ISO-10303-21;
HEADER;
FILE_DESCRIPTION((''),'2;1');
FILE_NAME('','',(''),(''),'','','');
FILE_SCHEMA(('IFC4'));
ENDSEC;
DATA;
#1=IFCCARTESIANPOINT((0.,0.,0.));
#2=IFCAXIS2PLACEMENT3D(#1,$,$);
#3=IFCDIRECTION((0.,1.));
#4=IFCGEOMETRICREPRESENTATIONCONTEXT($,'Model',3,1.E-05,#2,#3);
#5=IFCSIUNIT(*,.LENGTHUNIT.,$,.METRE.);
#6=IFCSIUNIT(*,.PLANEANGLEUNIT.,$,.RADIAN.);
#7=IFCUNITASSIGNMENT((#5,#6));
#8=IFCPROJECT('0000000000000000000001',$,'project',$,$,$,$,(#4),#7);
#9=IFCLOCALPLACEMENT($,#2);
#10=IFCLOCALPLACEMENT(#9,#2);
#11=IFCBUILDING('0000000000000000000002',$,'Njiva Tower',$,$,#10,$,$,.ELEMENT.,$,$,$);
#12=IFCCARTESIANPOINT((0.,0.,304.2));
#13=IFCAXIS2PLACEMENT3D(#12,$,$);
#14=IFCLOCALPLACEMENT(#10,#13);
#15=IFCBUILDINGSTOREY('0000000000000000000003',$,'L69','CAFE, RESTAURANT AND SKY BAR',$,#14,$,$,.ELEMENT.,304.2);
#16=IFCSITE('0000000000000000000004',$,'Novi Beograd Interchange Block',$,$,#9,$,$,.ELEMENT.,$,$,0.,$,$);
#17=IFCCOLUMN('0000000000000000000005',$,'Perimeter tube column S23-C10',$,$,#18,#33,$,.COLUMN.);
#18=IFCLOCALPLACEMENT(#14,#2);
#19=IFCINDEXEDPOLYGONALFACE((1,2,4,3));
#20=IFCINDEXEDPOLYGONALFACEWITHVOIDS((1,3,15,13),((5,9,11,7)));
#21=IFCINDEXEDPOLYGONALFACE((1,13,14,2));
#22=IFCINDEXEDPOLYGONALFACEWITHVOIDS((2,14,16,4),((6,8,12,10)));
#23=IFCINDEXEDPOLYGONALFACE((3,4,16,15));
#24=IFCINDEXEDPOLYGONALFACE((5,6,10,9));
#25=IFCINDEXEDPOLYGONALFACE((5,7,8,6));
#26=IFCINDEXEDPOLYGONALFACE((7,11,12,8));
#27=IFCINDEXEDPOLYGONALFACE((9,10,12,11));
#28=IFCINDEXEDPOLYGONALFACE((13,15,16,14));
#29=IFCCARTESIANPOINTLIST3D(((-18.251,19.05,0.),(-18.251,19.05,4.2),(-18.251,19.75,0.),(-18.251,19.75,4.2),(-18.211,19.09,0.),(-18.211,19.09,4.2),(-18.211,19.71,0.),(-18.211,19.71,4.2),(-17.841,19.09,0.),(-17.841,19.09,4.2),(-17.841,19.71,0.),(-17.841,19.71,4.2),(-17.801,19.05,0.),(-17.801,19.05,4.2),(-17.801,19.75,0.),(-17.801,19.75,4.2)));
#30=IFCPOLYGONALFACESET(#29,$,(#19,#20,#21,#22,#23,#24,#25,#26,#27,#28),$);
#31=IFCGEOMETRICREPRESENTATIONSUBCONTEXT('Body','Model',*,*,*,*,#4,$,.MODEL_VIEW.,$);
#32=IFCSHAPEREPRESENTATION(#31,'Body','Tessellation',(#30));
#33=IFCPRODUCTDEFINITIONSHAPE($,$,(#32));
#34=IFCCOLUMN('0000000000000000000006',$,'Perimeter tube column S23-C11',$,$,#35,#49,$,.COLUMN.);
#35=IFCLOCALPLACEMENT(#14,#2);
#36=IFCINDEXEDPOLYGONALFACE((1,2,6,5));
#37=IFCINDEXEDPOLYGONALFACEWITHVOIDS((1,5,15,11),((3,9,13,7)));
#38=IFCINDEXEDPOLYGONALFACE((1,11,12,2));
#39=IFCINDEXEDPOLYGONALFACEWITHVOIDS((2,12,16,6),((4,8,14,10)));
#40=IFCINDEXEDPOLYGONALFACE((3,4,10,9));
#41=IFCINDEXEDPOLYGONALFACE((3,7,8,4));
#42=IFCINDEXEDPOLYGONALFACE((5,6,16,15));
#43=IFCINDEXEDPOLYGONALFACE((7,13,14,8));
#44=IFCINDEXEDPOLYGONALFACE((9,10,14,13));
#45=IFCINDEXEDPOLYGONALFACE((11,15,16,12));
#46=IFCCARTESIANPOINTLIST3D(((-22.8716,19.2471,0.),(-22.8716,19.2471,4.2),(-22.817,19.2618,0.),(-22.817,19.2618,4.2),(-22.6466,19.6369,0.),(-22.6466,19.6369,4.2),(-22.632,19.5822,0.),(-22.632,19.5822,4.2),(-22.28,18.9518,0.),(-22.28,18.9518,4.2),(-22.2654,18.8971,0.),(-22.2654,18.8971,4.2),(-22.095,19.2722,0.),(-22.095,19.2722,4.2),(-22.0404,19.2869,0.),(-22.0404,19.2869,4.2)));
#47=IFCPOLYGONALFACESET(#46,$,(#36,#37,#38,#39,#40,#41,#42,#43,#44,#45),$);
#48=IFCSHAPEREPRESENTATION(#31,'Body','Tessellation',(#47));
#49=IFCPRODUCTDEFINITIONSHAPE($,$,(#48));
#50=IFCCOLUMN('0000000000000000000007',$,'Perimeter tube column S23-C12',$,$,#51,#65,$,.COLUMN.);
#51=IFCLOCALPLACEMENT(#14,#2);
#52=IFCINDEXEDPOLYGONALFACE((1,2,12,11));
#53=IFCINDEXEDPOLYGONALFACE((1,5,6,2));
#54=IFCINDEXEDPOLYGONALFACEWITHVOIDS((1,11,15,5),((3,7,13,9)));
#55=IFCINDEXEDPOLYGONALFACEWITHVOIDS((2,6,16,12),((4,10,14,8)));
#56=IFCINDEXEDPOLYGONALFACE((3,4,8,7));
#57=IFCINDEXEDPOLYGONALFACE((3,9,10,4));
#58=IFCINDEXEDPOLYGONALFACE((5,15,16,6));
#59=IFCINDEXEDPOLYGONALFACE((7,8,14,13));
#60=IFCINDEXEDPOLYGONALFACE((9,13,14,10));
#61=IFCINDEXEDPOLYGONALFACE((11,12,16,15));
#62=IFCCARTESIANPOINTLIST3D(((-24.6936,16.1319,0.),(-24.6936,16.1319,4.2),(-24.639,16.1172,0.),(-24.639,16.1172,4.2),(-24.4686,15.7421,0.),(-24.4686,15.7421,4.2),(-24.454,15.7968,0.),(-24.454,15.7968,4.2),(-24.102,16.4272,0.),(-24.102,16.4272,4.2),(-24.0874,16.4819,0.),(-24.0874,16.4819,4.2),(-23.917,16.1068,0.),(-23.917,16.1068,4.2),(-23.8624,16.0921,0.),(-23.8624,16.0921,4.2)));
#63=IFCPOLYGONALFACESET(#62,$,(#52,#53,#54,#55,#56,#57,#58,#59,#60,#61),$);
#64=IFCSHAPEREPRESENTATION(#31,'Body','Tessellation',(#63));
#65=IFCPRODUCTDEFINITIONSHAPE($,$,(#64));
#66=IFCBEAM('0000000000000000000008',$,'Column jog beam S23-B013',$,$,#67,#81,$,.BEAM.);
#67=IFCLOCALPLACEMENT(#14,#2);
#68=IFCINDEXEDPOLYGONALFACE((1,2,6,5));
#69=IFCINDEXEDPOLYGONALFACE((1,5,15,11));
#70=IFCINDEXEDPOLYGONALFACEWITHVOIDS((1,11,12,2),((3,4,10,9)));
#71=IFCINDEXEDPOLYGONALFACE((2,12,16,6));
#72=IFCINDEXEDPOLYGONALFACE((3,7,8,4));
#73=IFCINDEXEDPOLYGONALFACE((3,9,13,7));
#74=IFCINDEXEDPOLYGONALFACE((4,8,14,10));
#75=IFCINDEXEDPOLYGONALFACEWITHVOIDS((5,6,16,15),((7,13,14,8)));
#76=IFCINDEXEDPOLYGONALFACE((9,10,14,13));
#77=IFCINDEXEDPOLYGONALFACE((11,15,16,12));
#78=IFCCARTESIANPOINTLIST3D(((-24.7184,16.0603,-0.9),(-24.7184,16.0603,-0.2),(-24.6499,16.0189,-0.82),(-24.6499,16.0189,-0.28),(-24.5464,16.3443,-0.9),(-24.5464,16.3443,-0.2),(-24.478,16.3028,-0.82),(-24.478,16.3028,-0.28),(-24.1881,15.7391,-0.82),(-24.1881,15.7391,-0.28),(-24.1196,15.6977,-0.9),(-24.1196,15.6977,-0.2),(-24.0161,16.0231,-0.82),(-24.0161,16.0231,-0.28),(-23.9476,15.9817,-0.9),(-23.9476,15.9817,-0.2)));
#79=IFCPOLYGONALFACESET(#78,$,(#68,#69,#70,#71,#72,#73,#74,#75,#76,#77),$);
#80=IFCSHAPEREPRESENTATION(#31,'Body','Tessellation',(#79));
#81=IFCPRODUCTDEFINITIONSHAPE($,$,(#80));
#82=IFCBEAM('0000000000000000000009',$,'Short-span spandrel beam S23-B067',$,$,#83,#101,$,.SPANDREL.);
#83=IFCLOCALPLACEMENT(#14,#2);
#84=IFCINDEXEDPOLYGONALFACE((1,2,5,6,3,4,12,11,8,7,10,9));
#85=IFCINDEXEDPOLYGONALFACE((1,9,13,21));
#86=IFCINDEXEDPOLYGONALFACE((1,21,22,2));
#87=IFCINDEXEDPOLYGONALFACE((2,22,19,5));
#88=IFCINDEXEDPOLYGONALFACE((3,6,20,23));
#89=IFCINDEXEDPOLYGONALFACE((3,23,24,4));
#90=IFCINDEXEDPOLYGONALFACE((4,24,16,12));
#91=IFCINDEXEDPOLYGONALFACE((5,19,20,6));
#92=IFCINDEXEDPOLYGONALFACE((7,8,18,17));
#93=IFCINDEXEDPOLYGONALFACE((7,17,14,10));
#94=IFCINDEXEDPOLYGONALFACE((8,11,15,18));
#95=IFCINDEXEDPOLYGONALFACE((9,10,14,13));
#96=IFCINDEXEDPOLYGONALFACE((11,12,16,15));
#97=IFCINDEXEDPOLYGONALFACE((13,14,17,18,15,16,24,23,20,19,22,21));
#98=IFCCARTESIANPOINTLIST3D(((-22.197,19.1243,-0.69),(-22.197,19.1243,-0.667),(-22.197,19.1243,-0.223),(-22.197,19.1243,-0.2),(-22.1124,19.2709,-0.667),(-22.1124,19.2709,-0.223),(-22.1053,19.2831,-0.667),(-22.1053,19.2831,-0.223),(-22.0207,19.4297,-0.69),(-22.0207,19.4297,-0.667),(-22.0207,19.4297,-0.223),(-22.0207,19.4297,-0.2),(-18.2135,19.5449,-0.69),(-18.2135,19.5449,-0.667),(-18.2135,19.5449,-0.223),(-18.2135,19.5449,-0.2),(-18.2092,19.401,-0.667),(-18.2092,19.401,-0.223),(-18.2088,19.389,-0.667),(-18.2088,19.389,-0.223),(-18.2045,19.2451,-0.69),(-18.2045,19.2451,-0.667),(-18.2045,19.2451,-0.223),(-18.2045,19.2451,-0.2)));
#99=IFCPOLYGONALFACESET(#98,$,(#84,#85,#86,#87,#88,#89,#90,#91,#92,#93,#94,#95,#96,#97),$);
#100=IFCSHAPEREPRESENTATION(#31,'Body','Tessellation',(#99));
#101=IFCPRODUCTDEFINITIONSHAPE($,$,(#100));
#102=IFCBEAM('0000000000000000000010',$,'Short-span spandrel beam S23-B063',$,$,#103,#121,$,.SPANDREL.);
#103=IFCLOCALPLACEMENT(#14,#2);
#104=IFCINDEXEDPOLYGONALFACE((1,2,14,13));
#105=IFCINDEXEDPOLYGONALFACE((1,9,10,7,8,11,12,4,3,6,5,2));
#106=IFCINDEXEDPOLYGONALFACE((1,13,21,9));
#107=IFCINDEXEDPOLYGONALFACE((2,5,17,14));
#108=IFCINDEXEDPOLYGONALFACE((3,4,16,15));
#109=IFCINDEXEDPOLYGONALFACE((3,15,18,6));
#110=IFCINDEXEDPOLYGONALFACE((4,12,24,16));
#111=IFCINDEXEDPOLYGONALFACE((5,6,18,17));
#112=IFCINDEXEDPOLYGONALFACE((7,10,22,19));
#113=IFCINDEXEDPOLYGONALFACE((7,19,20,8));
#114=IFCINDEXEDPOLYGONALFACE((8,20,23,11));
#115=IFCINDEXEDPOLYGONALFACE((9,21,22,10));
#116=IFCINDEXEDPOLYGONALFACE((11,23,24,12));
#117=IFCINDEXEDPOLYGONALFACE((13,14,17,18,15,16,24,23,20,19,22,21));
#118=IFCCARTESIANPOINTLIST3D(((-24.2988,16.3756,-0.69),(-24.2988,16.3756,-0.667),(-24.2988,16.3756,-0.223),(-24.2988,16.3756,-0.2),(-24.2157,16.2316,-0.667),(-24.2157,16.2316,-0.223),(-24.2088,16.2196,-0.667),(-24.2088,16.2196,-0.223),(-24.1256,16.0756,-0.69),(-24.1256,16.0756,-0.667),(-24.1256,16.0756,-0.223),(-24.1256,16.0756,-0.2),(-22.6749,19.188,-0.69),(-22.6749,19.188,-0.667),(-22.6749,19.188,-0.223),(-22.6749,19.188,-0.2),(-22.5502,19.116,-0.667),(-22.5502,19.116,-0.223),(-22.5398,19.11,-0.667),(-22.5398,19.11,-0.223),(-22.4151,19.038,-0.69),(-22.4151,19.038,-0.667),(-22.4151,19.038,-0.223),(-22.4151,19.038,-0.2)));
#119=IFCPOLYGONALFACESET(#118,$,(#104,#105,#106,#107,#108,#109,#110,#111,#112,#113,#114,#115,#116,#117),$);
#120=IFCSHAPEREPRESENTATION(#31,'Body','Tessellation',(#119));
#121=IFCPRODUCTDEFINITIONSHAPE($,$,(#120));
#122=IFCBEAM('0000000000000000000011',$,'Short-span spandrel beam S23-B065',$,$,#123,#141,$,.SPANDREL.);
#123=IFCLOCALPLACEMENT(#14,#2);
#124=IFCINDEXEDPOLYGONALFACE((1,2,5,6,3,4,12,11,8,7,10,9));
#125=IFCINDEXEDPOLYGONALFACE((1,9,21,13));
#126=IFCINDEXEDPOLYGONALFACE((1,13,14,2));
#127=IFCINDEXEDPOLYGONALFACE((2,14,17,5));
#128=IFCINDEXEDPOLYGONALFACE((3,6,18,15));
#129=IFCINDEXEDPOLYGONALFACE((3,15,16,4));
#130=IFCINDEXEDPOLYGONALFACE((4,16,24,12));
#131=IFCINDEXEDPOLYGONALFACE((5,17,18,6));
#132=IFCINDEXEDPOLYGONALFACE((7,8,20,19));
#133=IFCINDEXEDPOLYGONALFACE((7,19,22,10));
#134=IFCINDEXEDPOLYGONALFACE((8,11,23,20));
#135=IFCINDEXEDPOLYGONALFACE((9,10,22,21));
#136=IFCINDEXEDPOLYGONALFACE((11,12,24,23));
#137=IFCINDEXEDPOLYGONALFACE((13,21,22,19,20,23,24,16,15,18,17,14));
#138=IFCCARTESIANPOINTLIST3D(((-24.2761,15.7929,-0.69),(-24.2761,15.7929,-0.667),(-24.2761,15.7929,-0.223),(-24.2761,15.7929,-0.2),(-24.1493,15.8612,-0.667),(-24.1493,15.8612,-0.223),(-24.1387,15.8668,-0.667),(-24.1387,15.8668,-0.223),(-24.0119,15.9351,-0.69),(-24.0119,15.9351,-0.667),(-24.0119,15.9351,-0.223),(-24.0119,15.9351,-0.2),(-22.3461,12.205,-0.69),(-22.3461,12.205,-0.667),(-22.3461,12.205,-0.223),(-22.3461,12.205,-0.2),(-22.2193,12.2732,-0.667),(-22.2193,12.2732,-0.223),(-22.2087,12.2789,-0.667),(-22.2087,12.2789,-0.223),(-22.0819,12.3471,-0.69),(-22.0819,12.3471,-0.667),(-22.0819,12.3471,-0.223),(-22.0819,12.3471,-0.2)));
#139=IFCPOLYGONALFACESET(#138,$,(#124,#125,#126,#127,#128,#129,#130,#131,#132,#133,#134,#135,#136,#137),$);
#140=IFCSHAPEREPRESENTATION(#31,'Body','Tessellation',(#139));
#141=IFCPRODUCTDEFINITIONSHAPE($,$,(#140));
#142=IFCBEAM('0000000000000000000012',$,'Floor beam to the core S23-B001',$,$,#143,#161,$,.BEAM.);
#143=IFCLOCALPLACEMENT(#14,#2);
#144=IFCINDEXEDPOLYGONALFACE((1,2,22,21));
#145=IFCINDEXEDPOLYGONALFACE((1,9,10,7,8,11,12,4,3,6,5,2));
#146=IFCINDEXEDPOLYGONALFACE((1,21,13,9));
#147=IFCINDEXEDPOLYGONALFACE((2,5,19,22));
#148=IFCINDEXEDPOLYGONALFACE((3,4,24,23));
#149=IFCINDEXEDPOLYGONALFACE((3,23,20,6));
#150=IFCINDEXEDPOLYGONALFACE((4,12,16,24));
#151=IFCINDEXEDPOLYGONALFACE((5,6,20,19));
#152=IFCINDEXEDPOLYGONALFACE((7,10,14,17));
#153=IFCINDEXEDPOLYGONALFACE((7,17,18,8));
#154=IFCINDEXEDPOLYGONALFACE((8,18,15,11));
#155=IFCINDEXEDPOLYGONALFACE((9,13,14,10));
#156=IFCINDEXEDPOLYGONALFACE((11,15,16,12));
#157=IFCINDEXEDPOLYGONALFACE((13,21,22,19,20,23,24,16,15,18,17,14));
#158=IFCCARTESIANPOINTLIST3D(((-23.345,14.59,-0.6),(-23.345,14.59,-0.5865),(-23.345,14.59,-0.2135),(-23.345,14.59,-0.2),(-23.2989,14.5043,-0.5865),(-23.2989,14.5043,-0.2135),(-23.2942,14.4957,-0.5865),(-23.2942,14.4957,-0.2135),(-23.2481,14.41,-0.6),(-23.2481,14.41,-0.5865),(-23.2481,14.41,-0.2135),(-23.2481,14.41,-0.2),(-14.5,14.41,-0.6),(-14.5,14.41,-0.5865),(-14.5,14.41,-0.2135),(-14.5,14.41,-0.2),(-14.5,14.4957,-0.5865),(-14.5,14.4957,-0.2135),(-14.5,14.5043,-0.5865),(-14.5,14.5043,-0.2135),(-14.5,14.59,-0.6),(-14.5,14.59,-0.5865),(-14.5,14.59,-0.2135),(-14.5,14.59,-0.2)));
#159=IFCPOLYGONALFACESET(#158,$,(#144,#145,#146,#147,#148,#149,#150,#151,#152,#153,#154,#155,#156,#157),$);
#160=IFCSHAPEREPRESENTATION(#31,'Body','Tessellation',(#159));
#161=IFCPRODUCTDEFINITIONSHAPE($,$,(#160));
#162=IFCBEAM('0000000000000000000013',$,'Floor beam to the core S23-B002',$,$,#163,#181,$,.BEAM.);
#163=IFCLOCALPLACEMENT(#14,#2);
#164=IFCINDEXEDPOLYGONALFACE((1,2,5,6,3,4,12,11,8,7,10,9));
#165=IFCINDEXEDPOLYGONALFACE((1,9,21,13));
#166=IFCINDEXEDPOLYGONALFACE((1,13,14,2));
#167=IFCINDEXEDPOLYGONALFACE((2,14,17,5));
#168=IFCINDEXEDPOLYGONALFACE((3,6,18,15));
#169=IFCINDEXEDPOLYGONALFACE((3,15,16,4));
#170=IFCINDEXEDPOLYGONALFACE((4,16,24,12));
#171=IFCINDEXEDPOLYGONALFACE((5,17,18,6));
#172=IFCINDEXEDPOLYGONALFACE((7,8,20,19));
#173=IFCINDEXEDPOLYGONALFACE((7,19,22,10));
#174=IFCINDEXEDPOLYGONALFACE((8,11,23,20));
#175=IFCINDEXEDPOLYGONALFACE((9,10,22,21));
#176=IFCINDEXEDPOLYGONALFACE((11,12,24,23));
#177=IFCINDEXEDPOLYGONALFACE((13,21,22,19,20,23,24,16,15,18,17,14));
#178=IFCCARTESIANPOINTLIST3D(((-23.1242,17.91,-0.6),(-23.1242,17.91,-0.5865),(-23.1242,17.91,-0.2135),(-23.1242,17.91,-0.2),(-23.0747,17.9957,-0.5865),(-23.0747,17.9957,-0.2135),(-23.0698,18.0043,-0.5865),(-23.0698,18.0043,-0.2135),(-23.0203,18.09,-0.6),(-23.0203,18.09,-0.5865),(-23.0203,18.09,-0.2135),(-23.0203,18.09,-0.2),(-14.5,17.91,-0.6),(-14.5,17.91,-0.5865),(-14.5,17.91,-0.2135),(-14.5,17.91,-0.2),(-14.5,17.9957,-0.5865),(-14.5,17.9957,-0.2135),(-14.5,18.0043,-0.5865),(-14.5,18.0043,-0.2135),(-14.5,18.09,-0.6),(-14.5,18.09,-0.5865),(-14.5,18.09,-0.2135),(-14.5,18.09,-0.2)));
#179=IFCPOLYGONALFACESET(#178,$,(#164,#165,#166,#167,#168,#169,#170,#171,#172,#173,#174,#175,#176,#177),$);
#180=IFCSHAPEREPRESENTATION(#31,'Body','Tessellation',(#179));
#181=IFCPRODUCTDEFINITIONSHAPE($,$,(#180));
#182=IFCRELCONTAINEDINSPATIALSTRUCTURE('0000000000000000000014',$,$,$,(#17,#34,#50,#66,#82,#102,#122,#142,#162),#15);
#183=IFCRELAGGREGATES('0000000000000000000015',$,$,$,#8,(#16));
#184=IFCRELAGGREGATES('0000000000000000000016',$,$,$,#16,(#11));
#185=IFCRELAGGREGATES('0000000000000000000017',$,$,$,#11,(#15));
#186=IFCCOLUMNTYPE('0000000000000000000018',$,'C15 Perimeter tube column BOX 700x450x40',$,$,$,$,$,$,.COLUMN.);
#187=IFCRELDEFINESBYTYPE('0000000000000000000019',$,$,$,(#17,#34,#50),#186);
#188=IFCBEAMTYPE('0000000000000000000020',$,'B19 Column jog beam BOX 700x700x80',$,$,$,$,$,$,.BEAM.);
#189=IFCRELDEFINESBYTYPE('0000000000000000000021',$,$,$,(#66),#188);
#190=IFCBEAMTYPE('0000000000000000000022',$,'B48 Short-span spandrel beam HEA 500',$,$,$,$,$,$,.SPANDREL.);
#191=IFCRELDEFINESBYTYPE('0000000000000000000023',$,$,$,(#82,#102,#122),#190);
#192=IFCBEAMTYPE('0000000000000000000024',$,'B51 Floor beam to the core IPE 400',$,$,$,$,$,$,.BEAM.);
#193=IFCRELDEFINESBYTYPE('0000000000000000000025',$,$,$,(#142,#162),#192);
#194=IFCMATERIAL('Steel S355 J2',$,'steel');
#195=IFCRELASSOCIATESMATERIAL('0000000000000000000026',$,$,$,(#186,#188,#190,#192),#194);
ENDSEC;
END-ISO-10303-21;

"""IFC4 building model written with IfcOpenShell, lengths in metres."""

from ifc_helpers import new_model, si_unit, direction, frame, origin, origin_2d, place, context, subcontext, project, spatial, hollow_rectangle, i_section, extrude, clip, halfspace, material, material_profile, profile_set, type_object, element, save


model = new_model("IFC4")

# Units and contexts
model_context = context("Model", 3, precision=1e-05, world=origin(), true_north=direction((0.0, 1.0)))
body_context = subcontext(model_context, "Body", "Model", "MODEL_VIEW")
ifc_project = project(units=[si_unit("LENGTHUNIT", "METRE"), si_unit("PLANEANGLEUNIT", "RADIAN")], contexts=[model_context])

# Site, building, storey
site_placement = place(None, origin())
site = spatial("IfcSite", under=ifc_project, at=site_placement, Name="Novi Beograd Interchange Block", CompositionType="ELEMENT", RefElevation=0.0)
building_placement = place(site_placement, origin())
building = spatial("IfcBuilding", under=site, at=building_placement, Name="Njiva Tower", CompositionType="ELEMENT")
storey_placement = place(building_placement, frame((0.0, 0.0, 304.2)))
storey = spatial("IfcBuildingStorey", under=building, at=storey_placement, Name="L69", Description="CAFE, RESTAURANT AND SKY BAR", CompositionType="ELEMENT", Elevation=304.2)

# Columns
ifc_material_1 = material(Name="Steel S355 J2", Category="steel")
ifc_material_profile_1 = material_profile(ifc_material_1, hollow_rectangle(XDim=0.45, YDim=0.7, WallThickness=0.04, at=origin_2d()), Name="BOX 700x450x40")
ifc_profile_set_1 = profile_set([ifc_material_profile_1], Name="Steel S355 J2")
column_type = type_object("IfcColumnType", Name="C15 Perimeter tube column BOX 700x450x40", PredefinedType="COLUMN", material=ifc_profile_set_1)
for number, where, z_axis, x_axis, name in (
    (1, (-18.026, 19.4, 0.0), (0.0, 0.0, 1.0), (-1.0, 0.0, 0.0), "Perimeter tube column S23-C10"),
    (2, (-22.456, 19.267, 0.0), (0.0, 0.0, 1.0), (-0.5, -0.866025, 0.0), "Perimeter tube column S23-C11"),
    (3, (-24.278, 16.112, 0.0), (0.0, 0.0, 1.0), (0.5, -0.866025, 0.0), "Perimeter tube column S23-C12"),
):
    element("IfcColumn", number, at=place(storey_placement, frame(where, z_axis=z_axis, x_axis=x_axis)), inside=storey, type_object=column_type, Name=name, PredefinedType="COLUMN", context=body_context, shape_type="SweptSolid", body=[
        extrude(hollow_rectangle(XDim=0.45, YDim=0.7, WallThickness=0.04, at=origin_2d()), origin(), (0.0, 0.0, 1.0), 4.2),
    ])

# Beams
ifc_material_profile_2 = material_profile(ifc_material_1, hollow_rectangle(XDim=0.7, YDim=0.7, WallThickness=0.08, at=origin_2d()), Name="BOX 700x700x80")
ifc_profile_set_2 = profile_set([ifc_material_profile_2], Name="Steel S355 J2")
beam_type_1 = type_object("IfcBeamType", Name="B19 Column jog beam BOX 700x700x80", PredefinedType="BEAM", material=ifc_profile_set_2)
beam_1_placement = place(storey_placement, frame((-24.419, 15.879, -0.55), z_axis=(0.518035, 0.85536, 0.0), x_axis=(-0.85536, 0.518035, 0.0)))
element("IfcBeam", 4, at=beam_1_placement, inside=storey, type_object=beam_type_1, Name="Column jog beam S23-B013", PredefinedType="BEAM", context=body_context, shape_type="SweptSolid", body=[
    extrude(hollow_rectangle(XDim=0.7, YDim=0.7, WallThickness=0.08, at=origin_2d()), origin(), (0.0, 0.0, 1.0), 0.332),
])
ifc_material_profile_3 = material_profile(ifc_material_1, i_section(OverallWidth=0.3, OverallDepth=0.49, WebThickness=0.012, FlangeThickness=0.023, at=origin_2d()), Name="HEA 500")
ifc_profile_set_3 = profile_set([ifc_material_profile_3], Name="Steel S355 J2")
beam_type_2 = type_object("IfcBeamType", Name="B48 Short-span spandrel beam HEA 500", PredefinedType="SPANDREL", material=ifc_profile_set_3)
beam_2_placement = place(storey_placement, frame((-18.209, 19.395, -0.445), z_axis=(-0.999543, -0.030243, 0.0), x_axis=(0.030243, -0.999543, 0.0)))
element("IfcBeam", 5, at=beam_2_placement, inside=storey, type_object=beam_type_2, Name="Short-span spandrel beam S23-B067", PredefinedType="SPANDREL", context=body_context, shape_type="Clipping", body=[
    clip(extrude(i_section(OverallWidth=0.3, OverallDepth=0.49, WebThickness=0.012, FlangeThickness=0.023, at=origin_2d()), origin(), (0.0, 0.0, 1.0), 4.0148), halfspace(frame((-0.0266, 0.0, 3.8852), z_axis=(-0.52596, 0.0, 0.850509), x_axis=(0.0, 1.0, 0.0)), False)),
])
beam_3_placement = place(storey_placement, frame((-22.545, 19.113, -0.445), z_axis=(-0.500043, -0.866001, 0.0), x_axis=(0.866001, -0.500043, 0.0)))
element("IfcBeam", 6, at=beam_3_placement, inside=storey, type_object=beam_type_2, Name="Short-span spandrel beam S23-B063", PredefinedType="SPANDREL", context=body_context, shape_type="Clipping", body=[
    clip(extrude(i_section(OverallWidth=0.3, OverallDepth=0.49, WebThickness=0.012, FlangeThickness=0.023, at=origin_2d()), origin(), (0.0, 0.0, 1.0), 3.4407), halfspace(frame((-0.0249, 0.0, 3.3198), z_axis=(-0.499959, 0.0, 0.866049), x_axis=(0.0, 1.0, 0.0)), False)),
])
beam_4_placement = place(storey_placement, frame((-24.144, 15.864, -0.445), z_axis=(0.473719, -0.880676, 0.0), x_axis=(0.880676, 0.473719, 0.0)))
element("IfcBeam", 7, at=beam_4_placement, inside=storey, type_object=beam_type_2, Name="Short-span spandrel beam S23-B065", PredefinedType="SPANDREL", context=body_context, shape_type="SweptSolid", body=[
    extrude(i_section(OverallWidth=0.3, OverallDepth=0.49, WebThickness=0.012, FlangeThickness=0.023, at=origin_2d()), origin(), (0.0, 0.0, 1.0), 4.0741),
])
ifc_material_profile_4 = material_profile(ifc_material_1, i_section(OverallWidth=0.18, OverallDepth=0.4, WebThickness=0.0086, FlangeThickness=0.0135, at=origin_2d()), Name="IPE 400")
ifc_profile_set_4 = profile_set([ifc_material_profile_4], Name="Steel S355 J2")
beam_type_3 = type_object("IfcBeamType", Name="B51 Floor beam to the core IPE 400", PredefinedType="BEAM", material=ifc_profile_set_4)
beam_5_placement = place(storey_placement, frame((-23.365, 14.5, -0.4), z_axis=(1.0, 0.0, 0.0), x_axis=(0.0, 1.0, 0.0)))
element("IfcBeam", 8, at=beam_5_placement, inside=storey, type_object=beam_type_3, Name="Floor beam to the core S23-B001", PredefinedType="BEAM", context=body_context, shape_type="Clipping", body=[
    clip(extrude(i_section(OverallWidth=0.18, OverallDepth=0.4, WebThickness=0.0086, FlangeThickness=0.0135, at=origin_2d()), origin(), (0.0, 0.0, 1.0), 8.865), halfspace(frame((-0.0237, 0.0, 0.0812), z_axis=(-0.473762, 0.0, -0.880653), x_axis=(0.0, -1.0, 0.0)), False)),
])
beam_6_placement = place(storey_placement, frame((-23.144, 18.0, -0.4), z_axis=(1.0, 0.0, 0.0), x_axis=(0.0, 1.0, 0.0)))
element("IfcBeam", 9, at=beam_6_placement, inside=storey, type_object=beam_type_3, Name="Floor beam to the core S23-B002", PredefinedType="BEAM", context=body_context, shape_type="Clipping", body=[
    clip(extrude(i_section(OverallWidth=0.18, OverallDepth=0.4, WebThickness=0.0086, FlangeThickness=0.0135, at=origin_2d()), origin(), (0.0, 0.0, 1.0), 8.644), halfspace(frame((0.025, 0.0, 0.0862), z_axis=(0.499998, 0.0, -0.866027), x_axis=(0.0, -1.0, 0.0)), False)),
])

save(model, "model.ifc")
